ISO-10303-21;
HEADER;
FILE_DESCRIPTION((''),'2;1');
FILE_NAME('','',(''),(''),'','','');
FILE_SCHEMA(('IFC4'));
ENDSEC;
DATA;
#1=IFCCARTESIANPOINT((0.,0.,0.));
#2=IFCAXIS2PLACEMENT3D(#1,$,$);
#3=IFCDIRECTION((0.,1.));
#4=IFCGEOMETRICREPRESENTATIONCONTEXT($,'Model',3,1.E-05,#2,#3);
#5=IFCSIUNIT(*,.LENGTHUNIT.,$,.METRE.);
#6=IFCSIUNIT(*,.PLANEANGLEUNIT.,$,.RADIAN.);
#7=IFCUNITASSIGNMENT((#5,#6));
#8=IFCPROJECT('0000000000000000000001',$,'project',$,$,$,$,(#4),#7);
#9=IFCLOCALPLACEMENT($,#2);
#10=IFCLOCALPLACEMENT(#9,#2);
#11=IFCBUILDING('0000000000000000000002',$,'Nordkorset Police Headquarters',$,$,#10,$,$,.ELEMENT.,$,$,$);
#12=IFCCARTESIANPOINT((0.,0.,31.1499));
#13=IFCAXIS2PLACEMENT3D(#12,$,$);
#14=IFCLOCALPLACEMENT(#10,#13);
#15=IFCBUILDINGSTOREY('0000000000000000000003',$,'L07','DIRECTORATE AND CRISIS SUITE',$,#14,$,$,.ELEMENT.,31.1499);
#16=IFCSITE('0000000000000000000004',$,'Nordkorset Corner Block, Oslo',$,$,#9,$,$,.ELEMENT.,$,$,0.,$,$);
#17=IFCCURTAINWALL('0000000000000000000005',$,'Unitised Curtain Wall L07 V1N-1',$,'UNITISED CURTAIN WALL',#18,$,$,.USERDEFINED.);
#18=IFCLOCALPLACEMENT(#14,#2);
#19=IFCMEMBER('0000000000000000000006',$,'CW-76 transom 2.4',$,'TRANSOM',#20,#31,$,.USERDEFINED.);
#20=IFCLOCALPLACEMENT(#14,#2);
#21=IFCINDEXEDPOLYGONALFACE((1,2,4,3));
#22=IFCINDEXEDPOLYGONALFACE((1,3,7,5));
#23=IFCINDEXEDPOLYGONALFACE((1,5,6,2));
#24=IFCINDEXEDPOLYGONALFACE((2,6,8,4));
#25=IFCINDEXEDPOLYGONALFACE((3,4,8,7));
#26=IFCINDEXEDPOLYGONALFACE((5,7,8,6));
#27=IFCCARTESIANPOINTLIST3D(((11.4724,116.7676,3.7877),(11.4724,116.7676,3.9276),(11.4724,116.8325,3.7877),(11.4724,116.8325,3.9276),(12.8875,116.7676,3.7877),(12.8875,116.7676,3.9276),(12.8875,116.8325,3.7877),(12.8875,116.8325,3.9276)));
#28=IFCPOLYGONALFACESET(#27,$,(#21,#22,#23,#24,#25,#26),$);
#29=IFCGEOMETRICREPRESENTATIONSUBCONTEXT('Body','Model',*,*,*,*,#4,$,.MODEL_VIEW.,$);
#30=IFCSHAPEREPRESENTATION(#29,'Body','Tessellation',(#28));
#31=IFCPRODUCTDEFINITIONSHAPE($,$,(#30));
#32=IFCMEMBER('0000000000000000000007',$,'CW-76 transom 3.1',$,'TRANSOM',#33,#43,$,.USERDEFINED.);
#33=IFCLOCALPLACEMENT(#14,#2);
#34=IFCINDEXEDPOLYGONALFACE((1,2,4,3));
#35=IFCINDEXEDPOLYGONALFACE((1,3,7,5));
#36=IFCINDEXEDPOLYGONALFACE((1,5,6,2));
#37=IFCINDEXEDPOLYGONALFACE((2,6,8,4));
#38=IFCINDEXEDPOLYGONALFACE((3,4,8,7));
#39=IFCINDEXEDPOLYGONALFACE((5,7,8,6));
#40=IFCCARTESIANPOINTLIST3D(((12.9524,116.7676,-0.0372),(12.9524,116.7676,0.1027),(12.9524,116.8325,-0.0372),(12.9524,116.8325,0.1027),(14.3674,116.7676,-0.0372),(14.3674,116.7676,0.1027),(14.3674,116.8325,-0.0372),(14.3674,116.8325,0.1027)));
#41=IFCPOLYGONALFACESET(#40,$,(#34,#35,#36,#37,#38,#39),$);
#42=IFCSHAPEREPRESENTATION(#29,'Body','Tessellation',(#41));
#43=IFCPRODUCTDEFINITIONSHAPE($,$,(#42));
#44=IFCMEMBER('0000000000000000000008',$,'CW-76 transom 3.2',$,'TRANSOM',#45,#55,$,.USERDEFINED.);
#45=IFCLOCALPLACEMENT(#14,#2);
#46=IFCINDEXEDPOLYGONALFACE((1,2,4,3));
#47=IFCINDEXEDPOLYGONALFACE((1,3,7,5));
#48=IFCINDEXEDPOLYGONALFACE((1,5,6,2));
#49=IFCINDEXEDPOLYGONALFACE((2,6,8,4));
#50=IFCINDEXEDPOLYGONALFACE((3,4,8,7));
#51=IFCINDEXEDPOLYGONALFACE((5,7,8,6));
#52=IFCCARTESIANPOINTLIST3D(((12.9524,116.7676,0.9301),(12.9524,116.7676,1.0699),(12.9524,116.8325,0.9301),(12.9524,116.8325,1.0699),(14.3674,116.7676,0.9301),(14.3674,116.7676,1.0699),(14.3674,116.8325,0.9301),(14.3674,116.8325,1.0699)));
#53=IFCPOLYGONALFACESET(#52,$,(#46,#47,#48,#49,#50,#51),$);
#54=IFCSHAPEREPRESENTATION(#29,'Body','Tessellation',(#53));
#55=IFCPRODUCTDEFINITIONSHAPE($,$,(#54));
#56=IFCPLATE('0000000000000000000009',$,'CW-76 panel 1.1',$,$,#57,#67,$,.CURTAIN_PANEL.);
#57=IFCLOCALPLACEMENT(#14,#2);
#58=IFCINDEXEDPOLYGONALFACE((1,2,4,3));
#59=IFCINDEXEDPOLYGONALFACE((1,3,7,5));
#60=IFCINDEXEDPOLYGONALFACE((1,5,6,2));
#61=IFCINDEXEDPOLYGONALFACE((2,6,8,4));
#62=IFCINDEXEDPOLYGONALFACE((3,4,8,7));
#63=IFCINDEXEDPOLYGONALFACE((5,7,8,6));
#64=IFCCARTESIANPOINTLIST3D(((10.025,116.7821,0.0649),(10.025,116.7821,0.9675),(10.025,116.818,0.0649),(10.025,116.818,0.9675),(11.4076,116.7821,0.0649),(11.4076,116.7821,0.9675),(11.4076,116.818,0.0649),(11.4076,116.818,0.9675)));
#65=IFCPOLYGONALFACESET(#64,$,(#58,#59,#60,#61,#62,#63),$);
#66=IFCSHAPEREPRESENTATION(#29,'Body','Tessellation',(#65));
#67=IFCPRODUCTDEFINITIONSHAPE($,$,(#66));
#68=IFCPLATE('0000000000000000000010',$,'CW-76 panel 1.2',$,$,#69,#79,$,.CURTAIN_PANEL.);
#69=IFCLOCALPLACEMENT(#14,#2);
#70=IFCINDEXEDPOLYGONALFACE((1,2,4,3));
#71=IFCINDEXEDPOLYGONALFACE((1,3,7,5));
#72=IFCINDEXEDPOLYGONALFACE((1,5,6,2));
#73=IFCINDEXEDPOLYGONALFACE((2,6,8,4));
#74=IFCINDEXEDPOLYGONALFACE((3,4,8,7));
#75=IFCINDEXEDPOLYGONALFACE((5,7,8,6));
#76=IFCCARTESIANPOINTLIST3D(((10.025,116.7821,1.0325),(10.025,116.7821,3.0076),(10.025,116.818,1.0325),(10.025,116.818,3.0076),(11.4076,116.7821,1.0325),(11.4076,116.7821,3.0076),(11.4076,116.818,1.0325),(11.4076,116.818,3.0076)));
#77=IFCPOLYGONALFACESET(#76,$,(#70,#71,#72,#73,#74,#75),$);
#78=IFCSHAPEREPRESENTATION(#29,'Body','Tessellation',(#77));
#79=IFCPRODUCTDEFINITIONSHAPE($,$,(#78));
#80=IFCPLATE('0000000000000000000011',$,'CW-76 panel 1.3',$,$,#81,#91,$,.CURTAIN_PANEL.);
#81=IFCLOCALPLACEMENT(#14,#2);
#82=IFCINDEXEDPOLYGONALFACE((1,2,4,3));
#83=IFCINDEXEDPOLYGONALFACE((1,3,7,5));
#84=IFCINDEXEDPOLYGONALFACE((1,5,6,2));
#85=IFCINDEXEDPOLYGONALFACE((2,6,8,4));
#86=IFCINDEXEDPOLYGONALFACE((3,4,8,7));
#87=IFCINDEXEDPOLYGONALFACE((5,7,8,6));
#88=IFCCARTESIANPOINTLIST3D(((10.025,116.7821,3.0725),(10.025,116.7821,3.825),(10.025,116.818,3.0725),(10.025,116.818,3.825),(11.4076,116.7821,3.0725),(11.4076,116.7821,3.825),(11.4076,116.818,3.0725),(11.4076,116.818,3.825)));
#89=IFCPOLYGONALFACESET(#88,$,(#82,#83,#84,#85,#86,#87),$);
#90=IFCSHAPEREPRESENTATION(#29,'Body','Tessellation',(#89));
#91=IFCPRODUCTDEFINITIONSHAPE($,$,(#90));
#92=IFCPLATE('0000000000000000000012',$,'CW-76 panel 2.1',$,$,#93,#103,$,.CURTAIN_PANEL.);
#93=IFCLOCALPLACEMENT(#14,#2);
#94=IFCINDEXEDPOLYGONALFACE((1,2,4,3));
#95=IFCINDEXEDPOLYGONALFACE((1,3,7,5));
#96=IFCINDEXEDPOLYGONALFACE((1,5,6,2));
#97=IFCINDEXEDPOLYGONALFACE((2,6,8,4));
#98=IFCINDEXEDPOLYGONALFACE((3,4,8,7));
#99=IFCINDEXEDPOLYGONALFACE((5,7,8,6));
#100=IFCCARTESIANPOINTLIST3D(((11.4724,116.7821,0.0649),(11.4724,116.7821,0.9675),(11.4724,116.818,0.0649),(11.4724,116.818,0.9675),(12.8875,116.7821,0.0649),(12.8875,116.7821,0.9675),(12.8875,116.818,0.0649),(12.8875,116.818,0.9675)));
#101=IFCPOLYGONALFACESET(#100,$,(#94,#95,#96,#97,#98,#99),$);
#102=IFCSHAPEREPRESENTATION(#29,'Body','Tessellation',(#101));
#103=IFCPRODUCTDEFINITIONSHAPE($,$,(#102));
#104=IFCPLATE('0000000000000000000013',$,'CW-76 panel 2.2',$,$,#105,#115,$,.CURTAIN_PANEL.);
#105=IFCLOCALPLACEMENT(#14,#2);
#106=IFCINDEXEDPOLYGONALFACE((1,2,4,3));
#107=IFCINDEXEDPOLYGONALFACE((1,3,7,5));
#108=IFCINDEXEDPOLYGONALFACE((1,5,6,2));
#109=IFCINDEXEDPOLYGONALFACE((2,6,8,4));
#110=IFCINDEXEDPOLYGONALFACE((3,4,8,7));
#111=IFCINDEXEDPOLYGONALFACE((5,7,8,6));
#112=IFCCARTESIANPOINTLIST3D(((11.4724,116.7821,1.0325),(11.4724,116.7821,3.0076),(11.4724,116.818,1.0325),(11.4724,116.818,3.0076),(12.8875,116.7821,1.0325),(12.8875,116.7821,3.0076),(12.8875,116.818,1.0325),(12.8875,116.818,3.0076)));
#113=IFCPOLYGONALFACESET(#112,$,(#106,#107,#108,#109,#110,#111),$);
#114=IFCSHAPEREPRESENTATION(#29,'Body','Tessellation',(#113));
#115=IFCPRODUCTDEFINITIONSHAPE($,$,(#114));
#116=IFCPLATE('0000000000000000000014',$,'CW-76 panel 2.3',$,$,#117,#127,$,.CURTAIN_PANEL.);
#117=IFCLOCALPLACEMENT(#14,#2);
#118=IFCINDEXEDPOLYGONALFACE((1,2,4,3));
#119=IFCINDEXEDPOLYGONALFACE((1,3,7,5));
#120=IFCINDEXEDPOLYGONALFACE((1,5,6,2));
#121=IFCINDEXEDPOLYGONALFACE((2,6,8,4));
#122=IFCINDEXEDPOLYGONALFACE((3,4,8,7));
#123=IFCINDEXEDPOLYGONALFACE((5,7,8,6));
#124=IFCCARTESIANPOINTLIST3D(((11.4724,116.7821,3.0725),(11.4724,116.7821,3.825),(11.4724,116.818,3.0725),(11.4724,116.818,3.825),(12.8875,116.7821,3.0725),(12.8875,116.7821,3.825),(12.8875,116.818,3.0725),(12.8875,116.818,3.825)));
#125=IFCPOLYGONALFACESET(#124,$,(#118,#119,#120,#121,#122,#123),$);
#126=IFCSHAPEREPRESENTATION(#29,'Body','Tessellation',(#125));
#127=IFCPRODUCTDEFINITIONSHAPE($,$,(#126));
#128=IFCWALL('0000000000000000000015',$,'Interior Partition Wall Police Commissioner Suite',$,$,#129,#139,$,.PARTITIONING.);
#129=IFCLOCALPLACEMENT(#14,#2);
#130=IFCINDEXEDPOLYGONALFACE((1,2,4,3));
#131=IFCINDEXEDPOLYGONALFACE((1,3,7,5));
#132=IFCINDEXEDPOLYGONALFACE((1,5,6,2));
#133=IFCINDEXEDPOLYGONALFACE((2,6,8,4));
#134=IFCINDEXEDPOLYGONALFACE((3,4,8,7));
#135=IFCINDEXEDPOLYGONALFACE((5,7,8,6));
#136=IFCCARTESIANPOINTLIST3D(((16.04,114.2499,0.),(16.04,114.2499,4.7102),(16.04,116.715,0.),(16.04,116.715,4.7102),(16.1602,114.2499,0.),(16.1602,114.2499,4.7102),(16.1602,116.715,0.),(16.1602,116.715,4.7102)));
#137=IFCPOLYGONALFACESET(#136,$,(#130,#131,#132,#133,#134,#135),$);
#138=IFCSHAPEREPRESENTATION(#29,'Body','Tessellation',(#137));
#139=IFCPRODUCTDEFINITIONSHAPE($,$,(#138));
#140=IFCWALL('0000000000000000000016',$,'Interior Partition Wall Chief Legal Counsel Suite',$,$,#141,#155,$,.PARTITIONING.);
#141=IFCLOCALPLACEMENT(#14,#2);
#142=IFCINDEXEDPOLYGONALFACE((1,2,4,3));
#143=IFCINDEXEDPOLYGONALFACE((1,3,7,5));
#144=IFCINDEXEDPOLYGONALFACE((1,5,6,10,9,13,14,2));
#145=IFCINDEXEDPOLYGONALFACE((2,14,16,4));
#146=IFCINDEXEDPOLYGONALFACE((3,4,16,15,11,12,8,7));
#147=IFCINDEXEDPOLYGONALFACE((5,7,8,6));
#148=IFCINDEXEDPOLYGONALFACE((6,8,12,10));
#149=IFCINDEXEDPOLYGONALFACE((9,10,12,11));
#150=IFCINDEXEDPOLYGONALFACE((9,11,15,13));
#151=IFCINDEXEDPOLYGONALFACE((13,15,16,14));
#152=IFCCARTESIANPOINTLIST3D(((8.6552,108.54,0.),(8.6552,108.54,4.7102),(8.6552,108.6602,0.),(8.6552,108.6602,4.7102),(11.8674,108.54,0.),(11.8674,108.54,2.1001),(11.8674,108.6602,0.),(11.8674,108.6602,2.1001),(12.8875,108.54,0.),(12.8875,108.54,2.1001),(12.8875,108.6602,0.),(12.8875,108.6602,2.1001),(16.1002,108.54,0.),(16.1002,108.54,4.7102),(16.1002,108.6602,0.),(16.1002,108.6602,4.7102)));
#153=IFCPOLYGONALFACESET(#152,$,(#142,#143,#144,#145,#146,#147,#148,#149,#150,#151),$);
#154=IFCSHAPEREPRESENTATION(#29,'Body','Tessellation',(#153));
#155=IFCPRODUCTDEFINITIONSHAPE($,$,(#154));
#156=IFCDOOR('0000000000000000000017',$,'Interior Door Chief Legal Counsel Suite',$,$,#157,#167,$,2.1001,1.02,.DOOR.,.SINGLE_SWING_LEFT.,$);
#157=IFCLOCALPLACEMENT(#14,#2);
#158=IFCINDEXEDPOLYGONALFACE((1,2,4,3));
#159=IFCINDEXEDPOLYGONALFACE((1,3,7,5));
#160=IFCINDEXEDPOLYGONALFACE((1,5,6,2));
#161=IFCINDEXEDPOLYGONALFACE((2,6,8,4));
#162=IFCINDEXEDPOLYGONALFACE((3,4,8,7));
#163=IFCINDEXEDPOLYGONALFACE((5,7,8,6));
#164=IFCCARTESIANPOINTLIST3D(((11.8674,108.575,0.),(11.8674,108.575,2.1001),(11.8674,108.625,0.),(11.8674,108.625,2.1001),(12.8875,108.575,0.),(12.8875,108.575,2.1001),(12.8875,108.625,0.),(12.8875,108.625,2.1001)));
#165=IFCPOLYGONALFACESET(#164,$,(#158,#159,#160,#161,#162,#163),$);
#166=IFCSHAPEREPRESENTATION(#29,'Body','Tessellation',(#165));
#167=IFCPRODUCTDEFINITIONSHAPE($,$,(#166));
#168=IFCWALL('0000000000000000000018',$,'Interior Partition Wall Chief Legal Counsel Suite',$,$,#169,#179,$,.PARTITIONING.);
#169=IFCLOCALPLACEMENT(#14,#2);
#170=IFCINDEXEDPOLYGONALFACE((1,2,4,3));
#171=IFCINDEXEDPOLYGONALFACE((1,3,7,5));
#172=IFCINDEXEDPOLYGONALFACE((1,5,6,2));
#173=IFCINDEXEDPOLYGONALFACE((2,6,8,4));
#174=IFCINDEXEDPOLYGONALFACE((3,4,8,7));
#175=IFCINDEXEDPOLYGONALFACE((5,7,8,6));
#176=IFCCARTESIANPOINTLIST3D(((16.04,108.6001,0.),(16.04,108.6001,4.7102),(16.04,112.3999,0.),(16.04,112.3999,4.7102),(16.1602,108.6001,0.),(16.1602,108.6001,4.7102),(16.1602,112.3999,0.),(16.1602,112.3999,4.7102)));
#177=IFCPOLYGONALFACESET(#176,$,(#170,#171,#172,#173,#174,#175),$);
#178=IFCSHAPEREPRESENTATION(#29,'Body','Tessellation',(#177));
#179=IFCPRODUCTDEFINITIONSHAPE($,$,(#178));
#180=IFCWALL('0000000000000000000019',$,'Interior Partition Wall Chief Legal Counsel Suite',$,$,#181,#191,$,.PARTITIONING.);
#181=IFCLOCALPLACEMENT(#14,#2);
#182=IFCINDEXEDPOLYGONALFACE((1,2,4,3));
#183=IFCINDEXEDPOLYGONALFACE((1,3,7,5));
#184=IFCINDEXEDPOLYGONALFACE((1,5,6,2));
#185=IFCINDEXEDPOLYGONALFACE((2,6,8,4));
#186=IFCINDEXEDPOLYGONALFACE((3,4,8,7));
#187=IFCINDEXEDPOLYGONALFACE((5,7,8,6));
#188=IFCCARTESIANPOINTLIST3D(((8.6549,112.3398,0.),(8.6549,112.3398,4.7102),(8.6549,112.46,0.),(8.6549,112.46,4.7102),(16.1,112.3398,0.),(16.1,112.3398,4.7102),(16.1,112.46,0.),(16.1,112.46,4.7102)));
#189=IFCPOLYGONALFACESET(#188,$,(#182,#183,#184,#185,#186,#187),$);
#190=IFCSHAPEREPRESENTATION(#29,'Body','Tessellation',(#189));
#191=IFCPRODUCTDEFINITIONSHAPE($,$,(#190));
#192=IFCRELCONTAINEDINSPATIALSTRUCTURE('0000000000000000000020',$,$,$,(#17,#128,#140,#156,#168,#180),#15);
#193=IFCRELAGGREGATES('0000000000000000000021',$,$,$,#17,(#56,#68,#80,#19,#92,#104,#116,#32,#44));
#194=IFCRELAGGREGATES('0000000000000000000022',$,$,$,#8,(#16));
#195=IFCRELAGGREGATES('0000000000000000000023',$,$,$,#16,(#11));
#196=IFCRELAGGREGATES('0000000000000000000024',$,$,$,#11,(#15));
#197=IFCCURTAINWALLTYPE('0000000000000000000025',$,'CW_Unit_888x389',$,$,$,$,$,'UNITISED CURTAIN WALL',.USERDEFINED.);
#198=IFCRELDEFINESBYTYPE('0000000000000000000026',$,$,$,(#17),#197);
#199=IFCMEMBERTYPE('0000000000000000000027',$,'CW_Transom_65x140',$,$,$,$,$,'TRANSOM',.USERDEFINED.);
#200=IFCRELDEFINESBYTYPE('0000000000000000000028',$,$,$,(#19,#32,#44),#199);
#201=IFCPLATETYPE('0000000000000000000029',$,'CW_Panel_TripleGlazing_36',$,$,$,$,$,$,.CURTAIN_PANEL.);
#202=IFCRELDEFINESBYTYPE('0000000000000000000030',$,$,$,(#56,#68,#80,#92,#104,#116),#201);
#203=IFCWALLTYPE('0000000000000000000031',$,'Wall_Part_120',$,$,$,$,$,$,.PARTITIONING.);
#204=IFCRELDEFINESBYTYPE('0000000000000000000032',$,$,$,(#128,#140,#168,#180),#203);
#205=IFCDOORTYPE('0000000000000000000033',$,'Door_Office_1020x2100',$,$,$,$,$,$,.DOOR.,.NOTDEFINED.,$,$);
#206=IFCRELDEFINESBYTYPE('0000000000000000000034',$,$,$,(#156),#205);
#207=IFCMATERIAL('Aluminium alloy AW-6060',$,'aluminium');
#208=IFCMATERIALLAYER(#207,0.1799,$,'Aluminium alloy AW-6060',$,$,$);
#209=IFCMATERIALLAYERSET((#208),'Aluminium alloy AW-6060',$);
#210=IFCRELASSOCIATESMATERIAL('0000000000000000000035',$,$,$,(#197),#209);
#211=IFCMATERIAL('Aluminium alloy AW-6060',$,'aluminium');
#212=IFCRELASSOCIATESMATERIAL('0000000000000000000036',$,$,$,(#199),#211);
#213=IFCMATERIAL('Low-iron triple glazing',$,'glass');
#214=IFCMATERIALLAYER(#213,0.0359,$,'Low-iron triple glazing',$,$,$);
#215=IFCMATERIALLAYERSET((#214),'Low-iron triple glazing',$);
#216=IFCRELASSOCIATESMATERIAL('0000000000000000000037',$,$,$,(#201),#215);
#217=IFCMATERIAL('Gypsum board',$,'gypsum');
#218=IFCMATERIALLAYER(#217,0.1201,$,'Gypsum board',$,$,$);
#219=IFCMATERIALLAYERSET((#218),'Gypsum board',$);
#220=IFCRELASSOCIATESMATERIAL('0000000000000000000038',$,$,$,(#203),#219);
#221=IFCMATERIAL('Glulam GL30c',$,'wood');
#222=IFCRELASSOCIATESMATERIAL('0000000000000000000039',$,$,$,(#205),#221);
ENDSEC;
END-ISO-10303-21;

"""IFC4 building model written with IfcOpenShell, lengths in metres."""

from ifc_helpers import new_model, si_unit, direction, frame, frame_2d, origin, origin_2d, place, context, subcontext, project, spatial, rectangle, extrude, material, layer, layer_set, material_profile, profile_set, type_object, element, fill, aggregate, save


model = new_model("IFC4")

# Units and contexts
model_context = context("Model", 3, precision=1e-05, world=origin(), true_north=direction((0.0, 1.0)))
body_context = subcontext(model_context, "Body", "Model", "MODEL_VIEW")
ifc_project = project(units=[si_unit("LENGTHUNIT", "METRE"), si_unit("PLANEANGLEUNIT", "RADIAN")], contexts=[model_context])

# Site, building, storey
site_placement = place(None, origin())
site = spatial("IfcSite", under=ifc_project, at=site_placement, Name="Nordkorset Corner Block, Oslo", CompositionType="ELEMENT", RefElevation=0.0)
building_placement = place(site_placement, origin())
building = spatial("IfcBuilding", under=site, at=building_placement, Name="Nordkorset Police Headquarters", CompositionType="ELEMENT")
storey_placement = place(building_placement, frame((0.0, 0.0, 31.1499)))
storey = spatial("IfcBuildingStorey", under=building, at=storey_placement, Name="L07", Description="DIRECTORATE AND CRISIS SUITE", CompositionType="ELEMENT", Elevation=31.1499)

# Shared definitions
ifc_material_1 = material(Name="Aluminium alloy AW-6060", Category="aluminium")
ifc_layer_1 = layer(ifc_material_1, 0.1799, Name="Aluminium alloy AW-6060")
ifc_layer_set_1 = layer_set([ifc_layer_1], Name="Aluminium alloy AW-6060")
curtain_wall_type = type_object("IfcCurtainWallType", Name="CW_Unit_888x389", ElementType="UNITISED CURTAIN WALL", PredefinedType="USERDEFINED", material=ifc_layer_set_1)

# Curtain wall, members, plates
curtain_wall_1_placement = place(storey_placement, origin())
curtain_wall_1 = element("IfcCurtainWall", 1, at=curtain_wall_1_placement, inside=storey, type_object=curtain_wall_type, Name="Unitised Curtain Wall L07 V1N-1", ObjectType="UNITISED CURTAIN WALL", PredefinedType="USERDEFINED")
ifc_material_2 = material(Name="Aluminium alloy AW-6060", Category="aluminium")
ifc_material_profile_1 = material_profile(ifc_material_2, rectangle(XDim=0.0649, YDim=0.1399, at=origin_2d()), Name="ALU TRAN 65x140")
ifc_profile_set_1 = profile_set([ifc_material_profile_1], Name="Aluminium alloy AW-6060")
member_type_1 = type_object("IfcMemberType", Name="CW_Transom_65x140", ElementType="TRANSOM", PredefinedType="USERDEFINED", material=ifc_profile_set_1)
member_1_placement = place(storey_placement, frame((11.4724, 116.8, 3.8577), z_axis=(1.0, 0.0, 0.0), x_axis=(0.0, 1.0, 0.0)))
member_1 = element("IfcMember", 2, at=member_1_placement, type_object=member_type_1, Name="CW-76 transom 2.4", ObjectType="TRANSOM", PredefinedType="USERDEFINED", context=body_context, shape_type="SweptSolid", body=[
    extrude(rectangle(XDim=0.0649, YDim=0.1399, at=origin_2d()), origin(), (0.0, 0.0, 1.0), 1.415),
])
member_2_placement = place(storey_placement, frame((12.9524, 116.8, 0.0327), z_axis=(1.0, 0.0, 0.0), x_axis=(0.0, 1.0, 0.0)))
member_2 = element("IfcMember", 3, at=member_2_placement, type_object=member_type_1, Name="CW-76 transom 3.1", ObjectType="TRANSOM", PredefinedType="USERDEFINED", context=body_context, shape_type="SweptSolid", body=[
    extrude(rectangle(XDim=0.0649, YDim=0.1399, at=origin_2d()), origin(), (0.0, 0.0, 1.0), 1.415),
])
member_3_placement = place(storey_placement, frame((12.9524, 116.8, 1.0), z_axis=(1.0, 0.0, 0.0), x_axis=(0.0, 1.0, 0.0)))
member_3 = element("IfcMember", 4, at=member_3_placement, type_object=member_type_1, Name="CW-76 transom 3.2", ObjectType="TRANSOM", PredefinedType="USERDEFINED", context=body_context, shape_type="SweptSolid", body=[
    extrude(rectangle(XDim=0.0649, YDim=0.1399, at=origin_2d()), origin(), (0.0, 0.0, 1.0), 1.415),
])
ifc_material_3 = material(Name="Low-iron triple glazing", Category="glass")
ifc_layer_2 = layer(ifc_material_3, 0.0359, Name="Low-iron triple glazing")
ifc_layer_set_2 = layer_set([ifc_layer_2], Name="Low-iron triple glazing")
plate_type = type_object("IfcPlateType", Name="CW_Panel_TripleGlazing_36", PredefinedType="CURTAIN_PANEL", material=ifc_layer_set_2)
plate_1_placement = place(storey_placement, frame((10.7163, 116.8, 0.0649), z_axis=(0.0, 0.0, 1.0), x_axis=(1.0, 0.0, 0.0)))
plate_1 = element("IfcPlate", 5, at=plate_1_placement, type_object=plate_type, Name="CW-76 panel 1.1", PredefinedType="CURTAIN_PANEL", context=body_context, shape_type="SweptSolid", body=[
    extrude(rectangle(XDim=1.3826, YDim=0.0359, at=origin_2d()), origin(), (0.0, 0.0, 1.0), 0.9026),
])
plate_2_placement = place(storey_placement, frame((10.7163, 116.8, 1.0325), z_axis=(0.0, 0.0, 1.0), x_axis=(1.0, 0.0, 0.0)))
plate_2 = element("IfcPlate", 6, at=plate_2_placement, type_object=plate_type, Name="CW-76 panel 1.2", PredefinedType="CURTAIN_PANEL", context=body_context, shape_type="SweptSolid", body=[
    extrude(rectangle(XDim=1.3826, YDim=0.0359, at=origin_2d()), origin(), (0.0, 0.0, 1.0), 1.9751),
])
plate_3_placement = place(storey_placement, frame((10.7163, 116.8, 3.0725), z_axis=(0.0, 0.0, 1.0), x_axis=(1.0, 0.0, 0.0)))
plate_3 = element("IfcPlate", 7, at=plate_3_placement, type_object=plate_type, Name="CW-76 panel 1.3", PredefinedType="CURTAIN_PANEL", context=body_context, shape_type="SweptSolid", body=[
    extrude(rectangle(XDim=1.3826, YDim=0.0359, at=origin_2d()), origin(), (0.0, 0.0, 1.0), 0.7524),
])
plate_4_placement = place(storey_placement, frame((12.1799, 116.8, 0.0649), z_axis=(0.0, 0.0, 1.0), x_axis=(1.0, 0.0, 0.0)))
plate_4 = element("IfcPlate", 8, at=plate_4_placement, type_object=plate_type, Name="CW-76 panel 2.1", PredefinedType="CURTAIN_PANEL", context=body_context, shape_type="SweptSolid", body=[
    extrude(rectangle(XDim=1.415, YDim=0.0359, at=origin_2d()), origin(), (0.0, 0.0, 1.0), 0.9026),
])
plate_5_placement = place(storey_placement, frame((12.1799, 116.8, 1.0325), z_axis=(0.0, 0.0, 1.0), x_axis=(1.0, 0.0, 0.0)))
plate_5 = element("IfcPlate", 9, at=plate_5_placement, type_object=plate_type, Name="CW-76 panel 2.2", PredefinedType="CURTAIN_PANEL", context=body_context, shape_type="SweptSolid", body=[
    extrude(rectangle(XDim=1.415, YDim=0.0359, at=origin_2d()), origin(), (0.0, 0.0, 1.0), 1.9751),
])
plate_6_placement = place(storey_placement, frame((12.1799, 116.8, 3.0725), z_axis=(0.0, 0.0, 1.0), x_axis=(1.0, 0.0, 0.0)))
plate_6 = element("IfcPlate", 10, at=plate_6_placement, type_object=plate_type, Name="CW-76 panel 2.3", PredefinedType="CURTAIN_PANEL", context=body_context, shape_type="SweptSolid", body=[
    extrude(rectangle(XDim=1.415, YDim=0.0359, at=origin_2d()), origin(), (0.0, 0.0, 1.0), 0.7524),
])
aggregate(curtain_wall_1, [plate_1, plate_2, plate_3, member_1, plate_4, plate_5, plate_6, member_2, member_3])

# Wall
ifc_material_4 = material(Name="Gypsum board", Category="gypsum")
ifc_layer_3 = layer(ifc_material_4, 0.1201, Name="Gypsum board")
ifc_layer_set_3 = layer_set([ifc_layer_3], Name="Gypsum board")
wall_type = type_object("IfcWallType", Name="Wall_Part_120", PredefinedType="PARTITIONING", material=ifc_layer_set_3)
wall_1_placement = place(storey_placement, frame((16.1001, 114.25, 0.0), z_axis=(0.0, 0.0, 1.0), x_axis=(0.0, 1.0, 0.0)))
element("IfcWall", 11, at=wall_1_placement, inside=storey, type_object=wall_type, Name="Interior Partition Wall Police Commissioner Suite", PredefinedType="PARTITIONING", context=body_context, shape_type="SweptSolid", body=[
    extrude(rectangle(XDim=2.4651, YDim=0.1201, at=frame_2d((1.2324, 0.0))), origin(), (0.0, 0.0, 1.0), 4.7102),
])

# Wall, opening, door
wall_2_placement = place(storey_placement, frame((8.655, 108.6001, 0.0), z_axis=(0.0, 0.0, 1.0), x_axis=(1.0, 0.0, 0.0)))
wall_2 = element("IfcWall", 12, at=wall_2_placement, inside=storey, type_object=wall_type, Name="Interior Partition Wall Chief Legal Counsel Suite", PredefinedType="PARTITIONING", context=body_context, shape_type="SweptSolid", body=[
    extrude(rectangle(XDim=7.4451, YDim=0.1201, at=frame_2d((3.7227, 0.0))), origin(), (0.0, 0.0, 1.0), 4.7102),
])
opening_placement = place(wall_2_placement, frame((3.2124, 0.0, 0.0)))
opening = element("IfcOpeningElement", 13, at=opening_placement, cuts=wall_2, PredefinedType="OPENING", context=body_context, shape_type="SweptSolid", body=[
    extrude(rectangle(XDim=1.02, YDim=2.1001, at=frame_2d((0.51, 1.05))), frame((0.0, 0.0701, 0.0), z_axis=(0.0, -1.0, 0.0), x_axis=(1.0, 0.0, 0.0)), (0.0, 0.0, 1.0), 0.1401),
])
ifc_material_5 = material(Name="Glulam GL30c", Category="wood")
door_type = type_object("IfcDoorType", Name="Door_Office_1020x2100", OperationType="NOTDEFINED", PredefinedType="DOOR", material=ifc_material_5)
door_placement = place(opening_placement, origin())
door = element("IfcDoor", 14, at=door_placement, inside=storey, type_object=door_type, Name="Interior Door Chief Legal Counsel Suite", OperationType="SINGLE_SWING_LEFT", OverallHeight=2.1001, OverallWidth=1.02, PredefinedType="DOOR", context=body_context, shape_type="SweptSolid", body=[
    extrude(rectangle(XDim=1.02, YDim=2.1001, at=frame_2d((0.51, 1.05))), frame((0.0, 0.0249, 0.0), z_axis=(0.0, -1.0, 0.0), x_axis=(1.0, 0.0, 0.0)), (0.0, 0.0, 1.0), 0.05),
])
fill(opening, door)

# Walls
wall_3_placement = place(storey_placement, frame((16.1001, 108.6001, 0.0), z_axis=(0.0, 0.0, 1.0), x_axis=(0.0, 1.0, 0.0)))
element("IfcWall", 15, at=wall_3_placement, inside=storey, type_object=wall_type, Name="Interior Partition Wall Chief Legal Counsel Suite", PredefinedType="PARTITIONING", context=body_context, shape_type="SweptSolid", body=[
    extrude(rectangle(XDim=3.7998, YDim=0.1201, at=frame_2d((1.8999, 0.0))), origin(), (0.0, 0.0, 1.0), 4.7102),
])
wall_4_placement = place(storey_placement, frame((16.1001, 112.3999, 0.0), z_axis=(0.0, 0.0, 1.0), x_axis=(-1.0, 0.0, 0.0)))
element("IfcWall", 16, at=wall_4_placement, inside=storey, type_object=wall_type, Name="Interior Partition Wall Chief Legal Counsel Suite", PredefinedType="PARTITIONING", context=body_context, shape_type="SweptSolid", body=[
    extrude(rectangle(XDim=7.4451, YDim=0.1201, at=frame_2d((3.7227, 0.0))), origin(), (0.0, 0.0, 1.0), 4.7102),
])

save(model, "model.ifc")
